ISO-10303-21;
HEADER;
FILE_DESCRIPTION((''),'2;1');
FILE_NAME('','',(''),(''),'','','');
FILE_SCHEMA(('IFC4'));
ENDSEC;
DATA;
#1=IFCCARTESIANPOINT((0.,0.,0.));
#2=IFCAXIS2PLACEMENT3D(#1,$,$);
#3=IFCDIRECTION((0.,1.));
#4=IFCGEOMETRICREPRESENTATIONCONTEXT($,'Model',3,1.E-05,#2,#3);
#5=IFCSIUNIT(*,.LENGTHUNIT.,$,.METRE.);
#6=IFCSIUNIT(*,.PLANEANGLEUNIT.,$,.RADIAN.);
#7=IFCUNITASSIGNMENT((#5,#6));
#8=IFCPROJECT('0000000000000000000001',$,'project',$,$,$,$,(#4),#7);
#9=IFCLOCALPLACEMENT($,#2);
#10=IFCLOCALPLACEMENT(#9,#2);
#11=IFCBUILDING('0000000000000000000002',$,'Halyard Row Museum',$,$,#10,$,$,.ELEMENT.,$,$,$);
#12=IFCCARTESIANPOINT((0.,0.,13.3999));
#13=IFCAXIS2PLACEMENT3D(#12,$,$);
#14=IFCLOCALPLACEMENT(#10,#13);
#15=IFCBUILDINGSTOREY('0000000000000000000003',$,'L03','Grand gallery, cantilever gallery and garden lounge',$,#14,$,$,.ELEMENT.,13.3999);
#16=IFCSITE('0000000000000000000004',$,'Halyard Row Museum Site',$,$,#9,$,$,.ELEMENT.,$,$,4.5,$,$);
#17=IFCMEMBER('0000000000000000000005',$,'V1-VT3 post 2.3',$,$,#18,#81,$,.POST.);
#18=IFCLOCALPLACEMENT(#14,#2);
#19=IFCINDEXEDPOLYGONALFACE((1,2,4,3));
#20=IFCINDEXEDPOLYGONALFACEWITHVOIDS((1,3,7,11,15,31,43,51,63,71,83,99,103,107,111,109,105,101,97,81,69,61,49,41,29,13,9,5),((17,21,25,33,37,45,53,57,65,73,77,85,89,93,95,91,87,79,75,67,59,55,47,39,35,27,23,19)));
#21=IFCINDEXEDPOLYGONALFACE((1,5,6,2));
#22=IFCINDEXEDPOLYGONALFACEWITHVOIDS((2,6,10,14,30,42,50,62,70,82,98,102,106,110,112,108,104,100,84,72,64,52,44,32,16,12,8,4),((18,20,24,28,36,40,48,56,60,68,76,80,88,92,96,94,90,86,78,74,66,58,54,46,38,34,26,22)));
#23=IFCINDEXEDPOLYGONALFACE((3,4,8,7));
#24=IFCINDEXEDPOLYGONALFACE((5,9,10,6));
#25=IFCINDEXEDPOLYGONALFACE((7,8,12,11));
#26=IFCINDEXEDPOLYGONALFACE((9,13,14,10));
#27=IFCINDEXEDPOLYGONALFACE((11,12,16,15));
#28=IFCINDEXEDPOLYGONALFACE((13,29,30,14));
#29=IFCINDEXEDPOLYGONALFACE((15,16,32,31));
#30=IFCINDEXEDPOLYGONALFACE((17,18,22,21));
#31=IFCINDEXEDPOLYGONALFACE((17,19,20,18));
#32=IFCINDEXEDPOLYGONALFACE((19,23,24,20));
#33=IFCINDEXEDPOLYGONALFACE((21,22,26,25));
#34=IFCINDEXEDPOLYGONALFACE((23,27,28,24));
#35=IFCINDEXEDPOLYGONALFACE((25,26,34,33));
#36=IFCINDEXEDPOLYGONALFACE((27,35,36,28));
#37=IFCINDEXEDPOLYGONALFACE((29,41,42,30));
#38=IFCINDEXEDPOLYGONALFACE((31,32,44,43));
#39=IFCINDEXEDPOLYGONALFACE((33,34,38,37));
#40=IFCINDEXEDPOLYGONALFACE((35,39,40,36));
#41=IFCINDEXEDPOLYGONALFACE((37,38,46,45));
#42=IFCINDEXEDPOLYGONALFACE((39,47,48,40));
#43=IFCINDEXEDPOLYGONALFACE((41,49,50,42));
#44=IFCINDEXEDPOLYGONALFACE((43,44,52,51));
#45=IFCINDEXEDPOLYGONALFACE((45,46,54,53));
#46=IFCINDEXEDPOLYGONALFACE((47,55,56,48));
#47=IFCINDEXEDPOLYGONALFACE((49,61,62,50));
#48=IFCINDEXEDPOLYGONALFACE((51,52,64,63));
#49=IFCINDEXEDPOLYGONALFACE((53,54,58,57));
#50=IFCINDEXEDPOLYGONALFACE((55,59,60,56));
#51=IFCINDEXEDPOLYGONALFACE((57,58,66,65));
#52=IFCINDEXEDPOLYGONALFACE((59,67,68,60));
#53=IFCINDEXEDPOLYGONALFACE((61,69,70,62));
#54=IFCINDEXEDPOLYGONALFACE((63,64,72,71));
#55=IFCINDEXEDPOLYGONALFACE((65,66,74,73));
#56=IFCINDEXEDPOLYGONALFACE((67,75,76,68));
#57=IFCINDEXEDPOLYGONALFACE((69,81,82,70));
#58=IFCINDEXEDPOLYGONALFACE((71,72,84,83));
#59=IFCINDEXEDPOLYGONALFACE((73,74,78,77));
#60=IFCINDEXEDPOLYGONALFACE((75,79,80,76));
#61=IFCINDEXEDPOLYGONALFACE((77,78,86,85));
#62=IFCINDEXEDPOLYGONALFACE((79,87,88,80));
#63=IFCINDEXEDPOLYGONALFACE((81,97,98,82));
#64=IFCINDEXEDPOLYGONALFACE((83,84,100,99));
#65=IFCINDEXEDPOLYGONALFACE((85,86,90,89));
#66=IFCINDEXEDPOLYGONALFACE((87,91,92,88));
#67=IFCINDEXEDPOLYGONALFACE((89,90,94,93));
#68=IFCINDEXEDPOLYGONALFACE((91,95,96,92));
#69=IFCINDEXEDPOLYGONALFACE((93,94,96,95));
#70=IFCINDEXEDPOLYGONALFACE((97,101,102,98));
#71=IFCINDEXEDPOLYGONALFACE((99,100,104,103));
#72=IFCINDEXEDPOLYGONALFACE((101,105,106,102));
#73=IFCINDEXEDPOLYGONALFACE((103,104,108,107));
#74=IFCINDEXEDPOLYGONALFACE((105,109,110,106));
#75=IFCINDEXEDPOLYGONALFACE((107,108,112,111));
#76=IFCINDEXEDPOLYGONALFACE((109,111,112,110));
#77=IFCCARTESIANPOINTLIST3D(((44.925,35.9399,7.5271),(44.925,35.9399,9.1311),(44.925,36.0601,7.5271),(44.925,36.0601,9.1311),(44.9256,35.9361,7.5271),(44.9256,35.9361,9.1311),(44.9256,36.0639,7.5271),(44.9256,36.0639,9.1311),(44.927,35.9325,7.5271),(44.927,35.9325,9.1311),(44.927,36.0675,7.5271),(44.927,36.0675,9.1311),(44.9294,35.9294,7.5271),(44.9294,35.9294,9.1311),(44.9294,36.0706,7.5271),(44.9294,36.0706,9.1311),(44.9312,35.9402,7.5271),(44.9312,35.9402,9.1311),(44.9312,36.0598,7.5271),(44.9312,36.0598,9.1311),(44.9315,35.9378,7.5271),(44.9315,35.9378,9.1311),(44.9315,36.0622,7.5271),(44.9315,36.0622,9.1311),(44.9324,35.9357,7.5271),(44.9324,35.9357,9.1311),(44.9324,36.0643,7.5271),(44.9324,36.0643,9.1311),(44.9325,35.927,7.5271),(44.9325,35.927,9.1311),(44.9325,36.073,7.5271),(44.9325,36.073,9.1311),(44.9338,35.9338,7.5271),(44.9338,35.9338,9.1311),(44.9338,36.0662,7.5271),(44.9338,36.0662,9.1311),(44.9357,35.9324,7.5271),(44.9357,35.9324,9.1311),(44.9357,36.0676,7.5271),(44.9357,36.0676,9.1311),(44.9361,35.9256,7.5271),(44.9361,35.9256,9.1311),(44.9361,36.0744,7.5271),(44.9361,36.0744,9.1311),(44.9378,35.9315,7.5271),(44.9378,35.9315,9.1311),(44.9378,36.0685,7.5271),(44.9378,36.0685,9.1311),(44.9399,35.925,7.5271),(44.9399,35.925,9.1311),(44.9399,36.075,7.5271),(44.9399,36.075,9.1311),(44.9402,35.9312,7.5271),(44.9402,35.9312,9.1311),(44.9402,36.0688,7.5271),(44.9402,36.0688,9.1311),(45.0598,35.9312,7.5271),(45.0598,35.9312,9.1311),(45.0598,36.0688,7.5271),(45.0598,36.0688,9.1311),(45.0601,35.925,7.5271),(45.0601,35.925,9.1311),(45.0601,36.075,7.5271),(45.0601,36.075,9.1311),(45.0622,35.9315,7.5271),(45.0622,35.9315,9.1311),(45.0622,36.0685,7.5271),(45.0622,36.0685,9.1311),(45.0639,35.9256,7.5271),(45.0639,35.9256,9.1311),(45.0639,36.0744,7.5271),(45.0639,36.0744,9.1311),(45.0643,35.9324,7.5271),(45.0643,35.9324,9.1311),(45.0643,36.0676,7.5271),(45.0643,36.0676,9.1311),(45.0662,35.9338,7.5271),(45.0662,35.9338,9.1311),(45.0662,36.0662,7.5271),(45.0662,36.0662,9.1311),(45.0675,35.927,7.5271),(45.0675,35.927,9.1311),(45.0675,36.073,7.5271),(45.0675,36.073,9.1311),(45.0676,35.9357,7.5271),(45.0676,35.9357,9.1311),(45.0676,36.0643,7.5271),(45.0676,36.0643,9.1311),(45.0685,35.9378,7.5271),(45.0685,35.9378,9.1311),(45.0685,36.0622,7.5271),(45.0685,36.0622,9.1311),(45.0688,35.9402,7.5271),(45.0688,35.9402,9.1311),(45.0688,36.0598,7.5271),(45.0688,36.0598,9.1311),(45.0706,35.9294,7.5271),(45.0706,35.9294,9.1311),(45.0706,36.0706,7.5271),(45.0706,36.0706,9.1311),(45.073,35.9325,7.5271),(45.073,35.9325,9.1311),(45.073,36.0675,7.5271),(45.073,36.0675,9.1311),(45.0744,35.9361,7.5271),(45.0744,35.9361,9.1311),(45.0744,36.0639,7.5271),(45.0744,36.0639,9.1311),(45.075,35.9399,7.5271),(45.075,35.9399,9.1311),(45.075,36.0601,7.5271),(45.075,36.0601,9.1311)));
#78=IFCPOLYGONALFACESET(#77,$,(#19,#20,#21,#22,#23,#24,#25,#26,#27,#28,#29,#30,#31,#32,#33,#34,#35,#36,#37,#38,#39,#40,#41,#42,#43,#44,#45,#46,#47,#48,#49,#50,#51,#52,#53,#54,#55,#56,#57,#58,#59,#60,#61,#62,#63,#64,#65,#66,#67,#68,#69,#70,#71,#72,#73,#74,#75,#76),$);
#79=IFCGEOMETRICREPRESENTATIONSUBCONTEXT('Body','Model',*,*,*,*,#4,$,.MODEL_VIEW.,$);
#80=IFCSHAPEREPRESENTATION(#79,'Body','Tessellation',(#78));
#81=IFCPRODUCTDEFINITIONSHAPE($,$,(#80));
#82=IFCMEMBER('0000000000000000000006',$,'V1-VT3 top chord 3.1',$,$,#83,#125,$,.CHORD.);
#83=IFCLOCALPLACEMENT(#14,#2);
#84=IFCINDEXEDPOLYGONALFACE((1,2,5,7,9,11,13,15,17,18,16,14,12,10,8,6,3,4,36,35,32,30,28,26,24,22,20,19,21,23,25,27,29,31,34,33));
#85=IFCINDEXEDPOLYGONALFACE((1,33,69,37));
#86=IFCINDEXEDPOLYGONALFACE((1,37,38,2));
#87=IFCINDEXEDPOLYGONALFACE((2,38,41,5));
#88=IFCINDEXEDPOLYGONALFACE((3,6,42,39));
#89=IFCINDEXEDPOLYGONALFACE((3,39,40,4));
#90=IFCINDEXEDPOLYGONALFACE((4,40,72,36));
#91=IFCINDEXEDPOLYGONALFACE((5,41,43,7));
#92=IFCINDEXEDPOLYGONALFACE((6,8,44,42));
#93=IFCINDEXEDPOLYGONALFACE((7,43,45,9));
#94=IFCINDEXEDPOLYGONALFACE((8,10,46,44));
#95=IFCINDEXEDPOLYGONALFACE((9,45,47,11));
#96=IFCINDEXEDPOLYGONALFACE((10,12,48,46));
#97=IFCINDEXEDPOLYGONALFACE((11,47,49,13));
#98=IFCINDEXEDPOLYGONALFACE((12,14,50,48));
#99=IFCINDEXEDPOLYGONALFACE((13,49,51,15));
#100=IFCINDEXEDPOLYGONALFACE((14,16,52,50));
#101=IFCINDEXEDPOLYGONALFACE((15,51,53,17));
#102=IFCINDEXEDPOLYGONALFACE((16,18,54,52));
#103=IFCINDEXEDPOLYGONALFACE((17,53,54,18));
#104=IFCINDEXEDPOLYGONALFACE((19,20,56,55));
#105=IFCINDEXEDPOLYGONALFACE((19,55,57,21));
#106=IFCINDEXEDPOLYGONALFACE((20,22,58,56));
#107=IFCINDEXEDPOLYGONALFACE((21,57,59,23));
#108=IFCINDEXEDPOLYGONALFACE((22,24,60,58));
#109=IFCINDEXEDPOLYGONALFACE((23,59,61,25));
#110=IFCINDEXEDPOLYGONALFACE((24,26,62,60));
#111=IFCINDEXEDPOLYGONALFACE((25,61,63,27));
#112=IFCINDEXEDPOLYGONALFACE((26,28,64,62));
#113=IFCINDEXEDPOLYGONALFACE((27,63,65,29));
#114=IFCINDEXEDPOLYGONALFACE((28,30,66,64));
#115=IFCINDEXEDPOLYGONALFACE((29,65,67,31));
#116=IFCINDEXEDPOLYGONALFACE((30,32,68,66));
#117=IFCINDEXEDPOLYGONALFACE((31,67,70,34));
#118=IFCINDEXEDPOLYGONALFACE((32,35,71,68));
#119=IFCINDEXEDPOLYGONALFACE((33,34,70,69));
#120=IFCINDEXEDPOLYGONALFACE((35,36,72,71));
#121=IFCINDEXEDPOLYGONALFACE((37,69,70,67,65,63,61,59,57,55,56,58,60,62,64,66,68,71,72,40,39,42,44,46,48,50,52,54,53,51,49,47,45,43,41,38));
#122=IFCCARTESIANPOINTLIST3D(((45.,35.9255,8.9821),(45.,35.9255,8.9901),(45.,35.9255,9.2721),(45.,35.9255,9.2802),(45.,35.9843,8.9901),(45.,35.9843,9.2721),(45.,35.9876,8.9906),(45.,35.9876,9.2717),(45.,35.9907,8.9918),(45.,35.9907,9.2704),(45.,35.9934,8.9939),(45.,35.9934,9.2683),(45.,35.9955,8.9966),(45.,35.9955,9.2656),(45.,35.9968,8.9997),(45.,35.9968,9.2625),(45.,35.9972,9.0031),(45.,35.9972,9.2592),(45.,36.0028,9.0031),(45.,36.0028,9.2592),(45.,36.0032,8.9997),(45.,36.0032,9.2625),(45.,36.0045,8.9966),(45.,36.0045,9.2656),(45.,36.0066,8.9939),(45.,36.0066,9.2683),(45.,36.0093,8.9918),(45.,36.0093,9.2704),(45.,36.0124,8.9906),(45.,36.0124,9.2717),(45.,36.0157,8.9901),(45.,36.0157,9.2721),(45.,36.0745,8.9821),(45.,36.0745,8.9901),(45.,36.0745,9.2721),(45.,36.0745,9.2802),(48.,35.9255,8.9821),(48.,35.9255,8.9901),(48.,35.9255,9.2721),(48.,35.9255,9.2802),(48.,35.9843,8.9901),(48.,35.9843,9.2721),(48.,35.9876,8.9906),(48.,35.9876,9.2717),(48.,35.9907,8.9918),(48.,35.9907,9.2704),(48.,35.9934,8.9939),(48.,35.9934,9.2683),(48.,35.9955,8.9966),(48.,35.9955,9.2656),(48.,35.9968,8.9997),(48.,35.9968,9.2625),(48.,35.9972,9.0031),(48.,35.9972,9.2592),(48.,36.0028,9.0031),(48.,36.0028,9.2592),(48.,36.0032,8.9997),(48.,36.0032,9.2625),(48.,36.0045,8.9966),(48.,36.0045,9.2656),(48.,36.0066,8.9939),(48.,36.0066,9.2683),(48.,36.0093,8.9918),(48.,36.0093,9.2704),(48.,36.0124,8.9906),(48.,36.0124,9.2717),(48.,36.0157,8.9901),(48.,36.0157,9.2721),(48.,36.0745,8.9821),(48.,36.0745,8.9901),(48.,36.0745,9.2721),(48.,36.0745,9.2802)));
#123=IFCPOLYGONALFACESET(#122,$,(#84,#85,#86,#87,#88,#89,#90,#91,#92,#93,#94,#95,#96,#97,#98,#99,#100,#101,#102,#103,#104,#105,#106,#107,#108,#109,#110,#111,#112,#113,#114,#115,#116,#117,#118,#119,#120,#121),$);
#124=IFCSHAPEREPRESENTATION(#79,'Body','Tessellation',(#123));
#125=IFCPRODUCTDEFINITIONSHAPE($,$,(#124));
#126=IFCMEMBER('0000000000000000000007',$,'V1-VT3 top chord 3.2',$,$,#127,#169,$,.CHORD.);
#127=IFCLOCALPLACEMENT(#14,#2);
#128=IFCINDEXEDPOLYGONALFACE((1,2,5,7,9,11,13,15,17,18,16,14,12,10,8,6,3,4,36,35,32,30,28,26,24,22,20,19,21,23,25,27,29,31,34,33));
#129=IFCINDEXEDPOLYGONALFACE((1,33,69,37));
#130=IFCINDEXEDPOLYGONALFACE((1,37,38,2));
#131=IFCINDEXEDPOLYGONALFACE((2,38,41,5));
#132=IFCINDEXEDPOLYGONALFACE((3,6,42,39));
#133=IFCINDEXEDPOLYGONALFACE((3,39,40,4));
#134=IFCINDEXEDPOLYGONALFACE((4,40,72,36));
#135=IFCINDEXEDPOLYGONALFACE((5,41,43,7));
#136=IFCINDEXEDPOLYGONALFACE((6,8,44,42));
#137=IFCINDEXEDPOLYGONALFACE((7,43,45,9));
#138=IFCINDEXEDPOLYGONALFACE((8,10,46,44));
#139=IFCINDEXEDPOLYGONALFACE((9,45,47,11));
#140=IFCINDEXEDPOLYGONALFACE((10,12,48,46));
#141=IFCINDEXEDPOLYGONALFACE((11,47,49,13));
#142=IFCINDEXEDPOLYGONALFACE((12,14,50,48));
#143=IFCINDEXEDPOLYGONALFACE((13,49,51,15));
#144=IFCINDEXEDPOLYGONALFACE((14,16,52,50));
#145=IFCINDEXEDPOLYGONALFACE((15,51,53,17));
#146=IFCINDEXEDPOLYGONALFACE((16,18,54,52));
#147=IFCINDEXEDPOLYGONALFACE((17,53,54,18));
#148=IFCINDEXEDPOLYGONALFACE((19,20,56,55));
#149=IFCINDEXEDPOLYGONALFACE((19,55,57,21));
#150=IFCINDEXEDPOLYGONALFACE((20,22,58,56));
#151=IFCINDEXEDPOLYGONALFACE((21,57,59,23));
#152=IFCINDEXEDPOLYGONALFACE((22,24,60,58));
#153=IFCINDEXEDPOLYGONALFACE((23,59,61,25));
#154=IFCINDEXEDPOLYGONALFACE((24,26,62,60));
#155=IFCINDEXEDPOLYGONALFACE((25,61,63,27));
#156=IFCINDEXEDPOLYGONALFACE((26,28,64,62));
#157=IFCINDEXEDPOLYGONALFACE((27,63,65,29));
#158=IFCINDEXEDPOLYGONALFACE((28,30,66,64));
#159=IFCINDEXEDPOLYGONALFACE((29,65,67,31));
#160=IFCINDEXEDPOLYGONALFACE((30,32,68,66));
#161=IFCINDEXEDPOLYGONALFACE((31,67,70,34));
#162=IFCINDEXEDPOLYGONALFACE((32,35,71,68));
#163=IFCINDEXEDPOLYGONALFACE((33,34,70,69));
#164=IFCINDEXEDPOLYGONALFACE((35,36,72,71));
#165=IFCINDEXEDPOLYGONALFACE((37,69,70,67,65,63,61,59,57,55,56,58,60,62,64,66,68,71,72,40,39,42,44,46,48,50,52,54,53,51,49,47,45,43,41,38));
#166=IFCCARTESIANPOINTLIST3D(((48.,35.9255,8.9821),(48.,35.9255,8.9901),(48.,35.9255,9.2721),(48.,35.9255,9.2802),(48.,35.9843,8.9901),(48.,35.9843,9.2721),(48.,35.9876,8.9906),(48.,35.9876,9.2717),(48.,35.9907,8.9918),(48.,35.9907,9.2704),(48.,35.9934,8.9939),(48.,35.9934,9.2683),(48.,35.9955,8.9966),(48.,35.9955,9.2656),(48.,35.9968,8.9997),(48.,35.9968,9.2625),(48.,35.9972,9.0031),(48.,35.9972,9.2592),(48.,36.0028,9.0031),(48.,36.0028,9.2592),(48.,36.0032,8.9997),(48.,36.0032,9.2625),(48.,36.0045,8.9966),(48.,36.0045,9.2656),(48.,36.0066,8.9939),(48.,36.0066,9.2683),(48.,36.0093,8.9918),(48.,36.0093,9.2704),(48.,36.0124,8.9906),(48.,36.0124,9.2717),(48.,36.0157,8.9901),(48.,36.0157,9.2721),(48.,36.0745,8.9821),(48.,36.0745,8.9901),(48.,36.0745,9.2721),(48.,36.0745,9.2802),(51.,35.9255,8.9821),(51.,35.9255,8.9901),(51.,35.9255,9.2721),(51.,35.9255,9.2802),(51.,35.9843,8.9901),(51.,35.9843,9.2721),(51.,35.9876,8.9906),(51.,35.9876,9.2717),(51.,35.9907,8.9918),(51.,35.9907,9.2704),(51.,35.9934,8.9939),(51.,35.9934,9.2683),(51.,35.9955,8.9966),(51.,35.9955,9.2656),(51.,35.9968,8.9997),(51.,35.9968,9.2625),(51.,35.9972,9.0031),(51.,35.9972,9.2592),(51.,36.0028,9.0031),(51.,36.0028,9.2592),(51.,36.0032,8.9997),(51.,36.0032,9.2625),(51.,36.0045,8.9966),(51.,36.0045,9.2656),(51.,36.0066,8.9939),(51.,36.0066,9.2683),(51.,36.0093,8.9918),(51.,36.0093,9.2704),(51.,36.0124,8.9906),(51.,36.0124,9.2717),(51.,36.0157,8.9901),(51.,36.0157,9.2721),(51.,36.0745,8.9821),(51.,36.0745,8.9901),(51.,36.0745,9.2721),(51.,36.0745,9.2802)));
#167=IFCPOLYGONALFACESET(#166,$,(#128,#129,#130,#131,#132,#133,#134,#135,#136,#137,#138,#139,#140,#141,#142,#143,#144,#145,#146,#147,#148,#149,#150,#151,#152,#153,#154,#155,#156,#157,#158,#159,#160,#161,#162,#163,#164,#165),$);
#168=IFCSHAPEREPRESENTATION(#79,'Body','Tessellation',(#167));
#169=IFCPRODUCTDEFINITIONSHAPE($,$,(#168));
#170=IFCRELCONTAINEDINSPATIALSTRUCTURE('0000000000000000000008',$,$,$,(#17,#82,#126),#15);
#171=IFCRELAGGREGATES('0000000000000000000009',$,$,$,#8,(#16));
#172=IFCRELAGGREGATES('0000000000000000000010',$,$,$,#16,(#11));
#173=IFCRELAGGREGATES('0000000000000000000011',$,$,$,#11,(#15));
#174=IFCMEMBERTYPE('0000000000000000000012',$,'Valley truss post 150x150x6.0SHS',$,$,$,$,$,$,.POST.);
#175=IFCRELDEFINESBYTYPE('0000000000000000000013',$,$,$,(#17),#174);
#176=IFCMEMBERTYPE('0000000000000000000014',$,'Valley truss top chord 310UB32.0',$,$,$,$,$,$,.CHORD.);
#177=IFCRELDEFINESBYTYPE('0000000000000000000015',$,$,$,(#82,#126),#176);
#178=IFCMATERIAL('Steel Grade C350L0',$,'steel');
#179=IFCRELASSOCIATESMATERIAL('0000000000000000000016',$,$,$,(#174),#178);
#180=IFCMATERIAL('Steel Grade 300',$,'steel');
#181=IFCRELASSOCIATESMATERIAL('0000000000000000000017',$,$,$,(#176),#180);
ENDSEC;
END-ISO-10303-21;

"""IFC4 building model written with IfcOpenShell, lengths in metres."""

from ifc_helpers import new_model, si_unit, direction, frame, origin, origin_2d, place, context, subcontext, project, spatial, hollow_rectangle, i_section, extrude, material, material_profile, profile_set, type_object, element, save


model = new_model("IFC4")

# Units and contexts
model_context = context("Model", 3, precision=1e-05, world=origin(), true_north=direction((0.0, 1.0)))
body_context = subcontext(model_context, "Body", "Model", "MODEL_VIEW")
ifc_project = project(units=[si_unit("LENGTHUNIT", "METRE"), si_unit("PLANEANGLEUNIT", "RADIAN")], contexts=[model_context])

# Site, building, storey
site_placement = place(None, origin())
site = spatial("IfcSite", under=ifc_project, at=site_placement, Name="Halyard Row Museum Site", CompositionType="ELEMENT", RefElevation=4.5)
building_placement = place(site_placement, origin())
building = spatial("IfcBuilding", under=site, at=building_placement, Name="Halyard Row Museum", CompositionType="ELEMENT")
storey_placement = place(building_placement, frame((0.0, 0.0, 13.3999)))
storey = spatial("IfcBuildingStorey", under=building, at=storey_placement, Name="L03", Description="Grand gallery, cantilever gallery and garden lounge", CompositionType="ELEMENT", Elevation=13.3999)

# Members
ifc_material_1 = material(Name="Steel Grade C350L0", Category="steel")
ifc_material_profile_1 = material_profile(ifc_material_1, hollow_rectangle(XDim=0.1499, YDim=0.1499, WallThickness=0.0061, InnerFilletRadius=0.009, OuterFilletRadius=0.0149, at=origin_2d()), Name="150x150x6.0SHS")
ifc_profile_set_1 = profile_set([ifc_material_profile_1], Name="Steel Grade C350L0")
member_type_1 = type_object("IfcMemberType", Name="Valley truss post 150x150x6.0SHS", PredefinedType="POST", material=ifc_profile_set_1)
member_1_placement = place(storey_placement, frame((45.0, 36.0, 7.5271), z_axis=(0.0, 0.0, 1.0), x_axis=(1.0, 0.0, 0.0)))
element("IfcMember", 1, at=member_1_placement, inside=storey, type_object=member_type_1, Name="V1-VT3 post 2.3", PredefinedType="POST", context=body_context, shape_type="SweptSolid", body=[
    extrude(hollow_rectangle(XDim=0.1499, YDim=0.1499, WallThickness=0.0061, InnerFilletRadius=0.009, OuterFilletRadius=0.0149, at=origin_2d()), origin(), (0.0, 0.0, 1.0), 1.604),
])
ifc_material_2 = material(Name="Steel Grade 300", Category="steel")
ifc_material_profile_2 = material_profile(ifc_material_2, i_section(OverallWidth=0.1489, OverallDepth=0.2981, WebThickness=0.0056, FlangeThickness=0.0081, FilletRadius=0.0129, at=origin_2d()), Name="310UB32.0")
ifc_profile_set_2 = profile_set([ifc_material_profile_2], Name="Steel Grade 300")
member_type_2 = type_object("IfcMemberType", Name="Valley truss top chord 310UB32.0", PredefinedType="CHORD", material=ifc_profile_set_2)
for number, where, z_axis, x_axis, name in (
    (2, (45.0, 36.0, 9.1311), (1.0, 0.0, 0.0), (0.0, 1.0, 0.0), "V1-VT3 top chord 3.1"),
    (3, (48.0, 36.0, 9.1311), (1.0, 0.0, 0.0), (0.0, 1.0, 0.0), "V1-VT3 top chord 3.2"),
):
    element("IfcMember", number, at=place(storey_placement, frame(where, z_axis=z_axis, x_axis=x_axis)), inside=storey, type_object=member_type_2, Name=name, PredefinedType="CHORD", context=body_context, shape_type="SweptSolid", body=[
        extrude(i_section(OverallWidth=0.1489, OverallDepth=0.2981, WebThickness=0.0056, FlangeThickness=0.0081, FilletRadius=0.0129, at=origin_2d()), origin(), (0.0, 0.0, 1.0), 3.0),
    ])

save(model, "model.ifc")
